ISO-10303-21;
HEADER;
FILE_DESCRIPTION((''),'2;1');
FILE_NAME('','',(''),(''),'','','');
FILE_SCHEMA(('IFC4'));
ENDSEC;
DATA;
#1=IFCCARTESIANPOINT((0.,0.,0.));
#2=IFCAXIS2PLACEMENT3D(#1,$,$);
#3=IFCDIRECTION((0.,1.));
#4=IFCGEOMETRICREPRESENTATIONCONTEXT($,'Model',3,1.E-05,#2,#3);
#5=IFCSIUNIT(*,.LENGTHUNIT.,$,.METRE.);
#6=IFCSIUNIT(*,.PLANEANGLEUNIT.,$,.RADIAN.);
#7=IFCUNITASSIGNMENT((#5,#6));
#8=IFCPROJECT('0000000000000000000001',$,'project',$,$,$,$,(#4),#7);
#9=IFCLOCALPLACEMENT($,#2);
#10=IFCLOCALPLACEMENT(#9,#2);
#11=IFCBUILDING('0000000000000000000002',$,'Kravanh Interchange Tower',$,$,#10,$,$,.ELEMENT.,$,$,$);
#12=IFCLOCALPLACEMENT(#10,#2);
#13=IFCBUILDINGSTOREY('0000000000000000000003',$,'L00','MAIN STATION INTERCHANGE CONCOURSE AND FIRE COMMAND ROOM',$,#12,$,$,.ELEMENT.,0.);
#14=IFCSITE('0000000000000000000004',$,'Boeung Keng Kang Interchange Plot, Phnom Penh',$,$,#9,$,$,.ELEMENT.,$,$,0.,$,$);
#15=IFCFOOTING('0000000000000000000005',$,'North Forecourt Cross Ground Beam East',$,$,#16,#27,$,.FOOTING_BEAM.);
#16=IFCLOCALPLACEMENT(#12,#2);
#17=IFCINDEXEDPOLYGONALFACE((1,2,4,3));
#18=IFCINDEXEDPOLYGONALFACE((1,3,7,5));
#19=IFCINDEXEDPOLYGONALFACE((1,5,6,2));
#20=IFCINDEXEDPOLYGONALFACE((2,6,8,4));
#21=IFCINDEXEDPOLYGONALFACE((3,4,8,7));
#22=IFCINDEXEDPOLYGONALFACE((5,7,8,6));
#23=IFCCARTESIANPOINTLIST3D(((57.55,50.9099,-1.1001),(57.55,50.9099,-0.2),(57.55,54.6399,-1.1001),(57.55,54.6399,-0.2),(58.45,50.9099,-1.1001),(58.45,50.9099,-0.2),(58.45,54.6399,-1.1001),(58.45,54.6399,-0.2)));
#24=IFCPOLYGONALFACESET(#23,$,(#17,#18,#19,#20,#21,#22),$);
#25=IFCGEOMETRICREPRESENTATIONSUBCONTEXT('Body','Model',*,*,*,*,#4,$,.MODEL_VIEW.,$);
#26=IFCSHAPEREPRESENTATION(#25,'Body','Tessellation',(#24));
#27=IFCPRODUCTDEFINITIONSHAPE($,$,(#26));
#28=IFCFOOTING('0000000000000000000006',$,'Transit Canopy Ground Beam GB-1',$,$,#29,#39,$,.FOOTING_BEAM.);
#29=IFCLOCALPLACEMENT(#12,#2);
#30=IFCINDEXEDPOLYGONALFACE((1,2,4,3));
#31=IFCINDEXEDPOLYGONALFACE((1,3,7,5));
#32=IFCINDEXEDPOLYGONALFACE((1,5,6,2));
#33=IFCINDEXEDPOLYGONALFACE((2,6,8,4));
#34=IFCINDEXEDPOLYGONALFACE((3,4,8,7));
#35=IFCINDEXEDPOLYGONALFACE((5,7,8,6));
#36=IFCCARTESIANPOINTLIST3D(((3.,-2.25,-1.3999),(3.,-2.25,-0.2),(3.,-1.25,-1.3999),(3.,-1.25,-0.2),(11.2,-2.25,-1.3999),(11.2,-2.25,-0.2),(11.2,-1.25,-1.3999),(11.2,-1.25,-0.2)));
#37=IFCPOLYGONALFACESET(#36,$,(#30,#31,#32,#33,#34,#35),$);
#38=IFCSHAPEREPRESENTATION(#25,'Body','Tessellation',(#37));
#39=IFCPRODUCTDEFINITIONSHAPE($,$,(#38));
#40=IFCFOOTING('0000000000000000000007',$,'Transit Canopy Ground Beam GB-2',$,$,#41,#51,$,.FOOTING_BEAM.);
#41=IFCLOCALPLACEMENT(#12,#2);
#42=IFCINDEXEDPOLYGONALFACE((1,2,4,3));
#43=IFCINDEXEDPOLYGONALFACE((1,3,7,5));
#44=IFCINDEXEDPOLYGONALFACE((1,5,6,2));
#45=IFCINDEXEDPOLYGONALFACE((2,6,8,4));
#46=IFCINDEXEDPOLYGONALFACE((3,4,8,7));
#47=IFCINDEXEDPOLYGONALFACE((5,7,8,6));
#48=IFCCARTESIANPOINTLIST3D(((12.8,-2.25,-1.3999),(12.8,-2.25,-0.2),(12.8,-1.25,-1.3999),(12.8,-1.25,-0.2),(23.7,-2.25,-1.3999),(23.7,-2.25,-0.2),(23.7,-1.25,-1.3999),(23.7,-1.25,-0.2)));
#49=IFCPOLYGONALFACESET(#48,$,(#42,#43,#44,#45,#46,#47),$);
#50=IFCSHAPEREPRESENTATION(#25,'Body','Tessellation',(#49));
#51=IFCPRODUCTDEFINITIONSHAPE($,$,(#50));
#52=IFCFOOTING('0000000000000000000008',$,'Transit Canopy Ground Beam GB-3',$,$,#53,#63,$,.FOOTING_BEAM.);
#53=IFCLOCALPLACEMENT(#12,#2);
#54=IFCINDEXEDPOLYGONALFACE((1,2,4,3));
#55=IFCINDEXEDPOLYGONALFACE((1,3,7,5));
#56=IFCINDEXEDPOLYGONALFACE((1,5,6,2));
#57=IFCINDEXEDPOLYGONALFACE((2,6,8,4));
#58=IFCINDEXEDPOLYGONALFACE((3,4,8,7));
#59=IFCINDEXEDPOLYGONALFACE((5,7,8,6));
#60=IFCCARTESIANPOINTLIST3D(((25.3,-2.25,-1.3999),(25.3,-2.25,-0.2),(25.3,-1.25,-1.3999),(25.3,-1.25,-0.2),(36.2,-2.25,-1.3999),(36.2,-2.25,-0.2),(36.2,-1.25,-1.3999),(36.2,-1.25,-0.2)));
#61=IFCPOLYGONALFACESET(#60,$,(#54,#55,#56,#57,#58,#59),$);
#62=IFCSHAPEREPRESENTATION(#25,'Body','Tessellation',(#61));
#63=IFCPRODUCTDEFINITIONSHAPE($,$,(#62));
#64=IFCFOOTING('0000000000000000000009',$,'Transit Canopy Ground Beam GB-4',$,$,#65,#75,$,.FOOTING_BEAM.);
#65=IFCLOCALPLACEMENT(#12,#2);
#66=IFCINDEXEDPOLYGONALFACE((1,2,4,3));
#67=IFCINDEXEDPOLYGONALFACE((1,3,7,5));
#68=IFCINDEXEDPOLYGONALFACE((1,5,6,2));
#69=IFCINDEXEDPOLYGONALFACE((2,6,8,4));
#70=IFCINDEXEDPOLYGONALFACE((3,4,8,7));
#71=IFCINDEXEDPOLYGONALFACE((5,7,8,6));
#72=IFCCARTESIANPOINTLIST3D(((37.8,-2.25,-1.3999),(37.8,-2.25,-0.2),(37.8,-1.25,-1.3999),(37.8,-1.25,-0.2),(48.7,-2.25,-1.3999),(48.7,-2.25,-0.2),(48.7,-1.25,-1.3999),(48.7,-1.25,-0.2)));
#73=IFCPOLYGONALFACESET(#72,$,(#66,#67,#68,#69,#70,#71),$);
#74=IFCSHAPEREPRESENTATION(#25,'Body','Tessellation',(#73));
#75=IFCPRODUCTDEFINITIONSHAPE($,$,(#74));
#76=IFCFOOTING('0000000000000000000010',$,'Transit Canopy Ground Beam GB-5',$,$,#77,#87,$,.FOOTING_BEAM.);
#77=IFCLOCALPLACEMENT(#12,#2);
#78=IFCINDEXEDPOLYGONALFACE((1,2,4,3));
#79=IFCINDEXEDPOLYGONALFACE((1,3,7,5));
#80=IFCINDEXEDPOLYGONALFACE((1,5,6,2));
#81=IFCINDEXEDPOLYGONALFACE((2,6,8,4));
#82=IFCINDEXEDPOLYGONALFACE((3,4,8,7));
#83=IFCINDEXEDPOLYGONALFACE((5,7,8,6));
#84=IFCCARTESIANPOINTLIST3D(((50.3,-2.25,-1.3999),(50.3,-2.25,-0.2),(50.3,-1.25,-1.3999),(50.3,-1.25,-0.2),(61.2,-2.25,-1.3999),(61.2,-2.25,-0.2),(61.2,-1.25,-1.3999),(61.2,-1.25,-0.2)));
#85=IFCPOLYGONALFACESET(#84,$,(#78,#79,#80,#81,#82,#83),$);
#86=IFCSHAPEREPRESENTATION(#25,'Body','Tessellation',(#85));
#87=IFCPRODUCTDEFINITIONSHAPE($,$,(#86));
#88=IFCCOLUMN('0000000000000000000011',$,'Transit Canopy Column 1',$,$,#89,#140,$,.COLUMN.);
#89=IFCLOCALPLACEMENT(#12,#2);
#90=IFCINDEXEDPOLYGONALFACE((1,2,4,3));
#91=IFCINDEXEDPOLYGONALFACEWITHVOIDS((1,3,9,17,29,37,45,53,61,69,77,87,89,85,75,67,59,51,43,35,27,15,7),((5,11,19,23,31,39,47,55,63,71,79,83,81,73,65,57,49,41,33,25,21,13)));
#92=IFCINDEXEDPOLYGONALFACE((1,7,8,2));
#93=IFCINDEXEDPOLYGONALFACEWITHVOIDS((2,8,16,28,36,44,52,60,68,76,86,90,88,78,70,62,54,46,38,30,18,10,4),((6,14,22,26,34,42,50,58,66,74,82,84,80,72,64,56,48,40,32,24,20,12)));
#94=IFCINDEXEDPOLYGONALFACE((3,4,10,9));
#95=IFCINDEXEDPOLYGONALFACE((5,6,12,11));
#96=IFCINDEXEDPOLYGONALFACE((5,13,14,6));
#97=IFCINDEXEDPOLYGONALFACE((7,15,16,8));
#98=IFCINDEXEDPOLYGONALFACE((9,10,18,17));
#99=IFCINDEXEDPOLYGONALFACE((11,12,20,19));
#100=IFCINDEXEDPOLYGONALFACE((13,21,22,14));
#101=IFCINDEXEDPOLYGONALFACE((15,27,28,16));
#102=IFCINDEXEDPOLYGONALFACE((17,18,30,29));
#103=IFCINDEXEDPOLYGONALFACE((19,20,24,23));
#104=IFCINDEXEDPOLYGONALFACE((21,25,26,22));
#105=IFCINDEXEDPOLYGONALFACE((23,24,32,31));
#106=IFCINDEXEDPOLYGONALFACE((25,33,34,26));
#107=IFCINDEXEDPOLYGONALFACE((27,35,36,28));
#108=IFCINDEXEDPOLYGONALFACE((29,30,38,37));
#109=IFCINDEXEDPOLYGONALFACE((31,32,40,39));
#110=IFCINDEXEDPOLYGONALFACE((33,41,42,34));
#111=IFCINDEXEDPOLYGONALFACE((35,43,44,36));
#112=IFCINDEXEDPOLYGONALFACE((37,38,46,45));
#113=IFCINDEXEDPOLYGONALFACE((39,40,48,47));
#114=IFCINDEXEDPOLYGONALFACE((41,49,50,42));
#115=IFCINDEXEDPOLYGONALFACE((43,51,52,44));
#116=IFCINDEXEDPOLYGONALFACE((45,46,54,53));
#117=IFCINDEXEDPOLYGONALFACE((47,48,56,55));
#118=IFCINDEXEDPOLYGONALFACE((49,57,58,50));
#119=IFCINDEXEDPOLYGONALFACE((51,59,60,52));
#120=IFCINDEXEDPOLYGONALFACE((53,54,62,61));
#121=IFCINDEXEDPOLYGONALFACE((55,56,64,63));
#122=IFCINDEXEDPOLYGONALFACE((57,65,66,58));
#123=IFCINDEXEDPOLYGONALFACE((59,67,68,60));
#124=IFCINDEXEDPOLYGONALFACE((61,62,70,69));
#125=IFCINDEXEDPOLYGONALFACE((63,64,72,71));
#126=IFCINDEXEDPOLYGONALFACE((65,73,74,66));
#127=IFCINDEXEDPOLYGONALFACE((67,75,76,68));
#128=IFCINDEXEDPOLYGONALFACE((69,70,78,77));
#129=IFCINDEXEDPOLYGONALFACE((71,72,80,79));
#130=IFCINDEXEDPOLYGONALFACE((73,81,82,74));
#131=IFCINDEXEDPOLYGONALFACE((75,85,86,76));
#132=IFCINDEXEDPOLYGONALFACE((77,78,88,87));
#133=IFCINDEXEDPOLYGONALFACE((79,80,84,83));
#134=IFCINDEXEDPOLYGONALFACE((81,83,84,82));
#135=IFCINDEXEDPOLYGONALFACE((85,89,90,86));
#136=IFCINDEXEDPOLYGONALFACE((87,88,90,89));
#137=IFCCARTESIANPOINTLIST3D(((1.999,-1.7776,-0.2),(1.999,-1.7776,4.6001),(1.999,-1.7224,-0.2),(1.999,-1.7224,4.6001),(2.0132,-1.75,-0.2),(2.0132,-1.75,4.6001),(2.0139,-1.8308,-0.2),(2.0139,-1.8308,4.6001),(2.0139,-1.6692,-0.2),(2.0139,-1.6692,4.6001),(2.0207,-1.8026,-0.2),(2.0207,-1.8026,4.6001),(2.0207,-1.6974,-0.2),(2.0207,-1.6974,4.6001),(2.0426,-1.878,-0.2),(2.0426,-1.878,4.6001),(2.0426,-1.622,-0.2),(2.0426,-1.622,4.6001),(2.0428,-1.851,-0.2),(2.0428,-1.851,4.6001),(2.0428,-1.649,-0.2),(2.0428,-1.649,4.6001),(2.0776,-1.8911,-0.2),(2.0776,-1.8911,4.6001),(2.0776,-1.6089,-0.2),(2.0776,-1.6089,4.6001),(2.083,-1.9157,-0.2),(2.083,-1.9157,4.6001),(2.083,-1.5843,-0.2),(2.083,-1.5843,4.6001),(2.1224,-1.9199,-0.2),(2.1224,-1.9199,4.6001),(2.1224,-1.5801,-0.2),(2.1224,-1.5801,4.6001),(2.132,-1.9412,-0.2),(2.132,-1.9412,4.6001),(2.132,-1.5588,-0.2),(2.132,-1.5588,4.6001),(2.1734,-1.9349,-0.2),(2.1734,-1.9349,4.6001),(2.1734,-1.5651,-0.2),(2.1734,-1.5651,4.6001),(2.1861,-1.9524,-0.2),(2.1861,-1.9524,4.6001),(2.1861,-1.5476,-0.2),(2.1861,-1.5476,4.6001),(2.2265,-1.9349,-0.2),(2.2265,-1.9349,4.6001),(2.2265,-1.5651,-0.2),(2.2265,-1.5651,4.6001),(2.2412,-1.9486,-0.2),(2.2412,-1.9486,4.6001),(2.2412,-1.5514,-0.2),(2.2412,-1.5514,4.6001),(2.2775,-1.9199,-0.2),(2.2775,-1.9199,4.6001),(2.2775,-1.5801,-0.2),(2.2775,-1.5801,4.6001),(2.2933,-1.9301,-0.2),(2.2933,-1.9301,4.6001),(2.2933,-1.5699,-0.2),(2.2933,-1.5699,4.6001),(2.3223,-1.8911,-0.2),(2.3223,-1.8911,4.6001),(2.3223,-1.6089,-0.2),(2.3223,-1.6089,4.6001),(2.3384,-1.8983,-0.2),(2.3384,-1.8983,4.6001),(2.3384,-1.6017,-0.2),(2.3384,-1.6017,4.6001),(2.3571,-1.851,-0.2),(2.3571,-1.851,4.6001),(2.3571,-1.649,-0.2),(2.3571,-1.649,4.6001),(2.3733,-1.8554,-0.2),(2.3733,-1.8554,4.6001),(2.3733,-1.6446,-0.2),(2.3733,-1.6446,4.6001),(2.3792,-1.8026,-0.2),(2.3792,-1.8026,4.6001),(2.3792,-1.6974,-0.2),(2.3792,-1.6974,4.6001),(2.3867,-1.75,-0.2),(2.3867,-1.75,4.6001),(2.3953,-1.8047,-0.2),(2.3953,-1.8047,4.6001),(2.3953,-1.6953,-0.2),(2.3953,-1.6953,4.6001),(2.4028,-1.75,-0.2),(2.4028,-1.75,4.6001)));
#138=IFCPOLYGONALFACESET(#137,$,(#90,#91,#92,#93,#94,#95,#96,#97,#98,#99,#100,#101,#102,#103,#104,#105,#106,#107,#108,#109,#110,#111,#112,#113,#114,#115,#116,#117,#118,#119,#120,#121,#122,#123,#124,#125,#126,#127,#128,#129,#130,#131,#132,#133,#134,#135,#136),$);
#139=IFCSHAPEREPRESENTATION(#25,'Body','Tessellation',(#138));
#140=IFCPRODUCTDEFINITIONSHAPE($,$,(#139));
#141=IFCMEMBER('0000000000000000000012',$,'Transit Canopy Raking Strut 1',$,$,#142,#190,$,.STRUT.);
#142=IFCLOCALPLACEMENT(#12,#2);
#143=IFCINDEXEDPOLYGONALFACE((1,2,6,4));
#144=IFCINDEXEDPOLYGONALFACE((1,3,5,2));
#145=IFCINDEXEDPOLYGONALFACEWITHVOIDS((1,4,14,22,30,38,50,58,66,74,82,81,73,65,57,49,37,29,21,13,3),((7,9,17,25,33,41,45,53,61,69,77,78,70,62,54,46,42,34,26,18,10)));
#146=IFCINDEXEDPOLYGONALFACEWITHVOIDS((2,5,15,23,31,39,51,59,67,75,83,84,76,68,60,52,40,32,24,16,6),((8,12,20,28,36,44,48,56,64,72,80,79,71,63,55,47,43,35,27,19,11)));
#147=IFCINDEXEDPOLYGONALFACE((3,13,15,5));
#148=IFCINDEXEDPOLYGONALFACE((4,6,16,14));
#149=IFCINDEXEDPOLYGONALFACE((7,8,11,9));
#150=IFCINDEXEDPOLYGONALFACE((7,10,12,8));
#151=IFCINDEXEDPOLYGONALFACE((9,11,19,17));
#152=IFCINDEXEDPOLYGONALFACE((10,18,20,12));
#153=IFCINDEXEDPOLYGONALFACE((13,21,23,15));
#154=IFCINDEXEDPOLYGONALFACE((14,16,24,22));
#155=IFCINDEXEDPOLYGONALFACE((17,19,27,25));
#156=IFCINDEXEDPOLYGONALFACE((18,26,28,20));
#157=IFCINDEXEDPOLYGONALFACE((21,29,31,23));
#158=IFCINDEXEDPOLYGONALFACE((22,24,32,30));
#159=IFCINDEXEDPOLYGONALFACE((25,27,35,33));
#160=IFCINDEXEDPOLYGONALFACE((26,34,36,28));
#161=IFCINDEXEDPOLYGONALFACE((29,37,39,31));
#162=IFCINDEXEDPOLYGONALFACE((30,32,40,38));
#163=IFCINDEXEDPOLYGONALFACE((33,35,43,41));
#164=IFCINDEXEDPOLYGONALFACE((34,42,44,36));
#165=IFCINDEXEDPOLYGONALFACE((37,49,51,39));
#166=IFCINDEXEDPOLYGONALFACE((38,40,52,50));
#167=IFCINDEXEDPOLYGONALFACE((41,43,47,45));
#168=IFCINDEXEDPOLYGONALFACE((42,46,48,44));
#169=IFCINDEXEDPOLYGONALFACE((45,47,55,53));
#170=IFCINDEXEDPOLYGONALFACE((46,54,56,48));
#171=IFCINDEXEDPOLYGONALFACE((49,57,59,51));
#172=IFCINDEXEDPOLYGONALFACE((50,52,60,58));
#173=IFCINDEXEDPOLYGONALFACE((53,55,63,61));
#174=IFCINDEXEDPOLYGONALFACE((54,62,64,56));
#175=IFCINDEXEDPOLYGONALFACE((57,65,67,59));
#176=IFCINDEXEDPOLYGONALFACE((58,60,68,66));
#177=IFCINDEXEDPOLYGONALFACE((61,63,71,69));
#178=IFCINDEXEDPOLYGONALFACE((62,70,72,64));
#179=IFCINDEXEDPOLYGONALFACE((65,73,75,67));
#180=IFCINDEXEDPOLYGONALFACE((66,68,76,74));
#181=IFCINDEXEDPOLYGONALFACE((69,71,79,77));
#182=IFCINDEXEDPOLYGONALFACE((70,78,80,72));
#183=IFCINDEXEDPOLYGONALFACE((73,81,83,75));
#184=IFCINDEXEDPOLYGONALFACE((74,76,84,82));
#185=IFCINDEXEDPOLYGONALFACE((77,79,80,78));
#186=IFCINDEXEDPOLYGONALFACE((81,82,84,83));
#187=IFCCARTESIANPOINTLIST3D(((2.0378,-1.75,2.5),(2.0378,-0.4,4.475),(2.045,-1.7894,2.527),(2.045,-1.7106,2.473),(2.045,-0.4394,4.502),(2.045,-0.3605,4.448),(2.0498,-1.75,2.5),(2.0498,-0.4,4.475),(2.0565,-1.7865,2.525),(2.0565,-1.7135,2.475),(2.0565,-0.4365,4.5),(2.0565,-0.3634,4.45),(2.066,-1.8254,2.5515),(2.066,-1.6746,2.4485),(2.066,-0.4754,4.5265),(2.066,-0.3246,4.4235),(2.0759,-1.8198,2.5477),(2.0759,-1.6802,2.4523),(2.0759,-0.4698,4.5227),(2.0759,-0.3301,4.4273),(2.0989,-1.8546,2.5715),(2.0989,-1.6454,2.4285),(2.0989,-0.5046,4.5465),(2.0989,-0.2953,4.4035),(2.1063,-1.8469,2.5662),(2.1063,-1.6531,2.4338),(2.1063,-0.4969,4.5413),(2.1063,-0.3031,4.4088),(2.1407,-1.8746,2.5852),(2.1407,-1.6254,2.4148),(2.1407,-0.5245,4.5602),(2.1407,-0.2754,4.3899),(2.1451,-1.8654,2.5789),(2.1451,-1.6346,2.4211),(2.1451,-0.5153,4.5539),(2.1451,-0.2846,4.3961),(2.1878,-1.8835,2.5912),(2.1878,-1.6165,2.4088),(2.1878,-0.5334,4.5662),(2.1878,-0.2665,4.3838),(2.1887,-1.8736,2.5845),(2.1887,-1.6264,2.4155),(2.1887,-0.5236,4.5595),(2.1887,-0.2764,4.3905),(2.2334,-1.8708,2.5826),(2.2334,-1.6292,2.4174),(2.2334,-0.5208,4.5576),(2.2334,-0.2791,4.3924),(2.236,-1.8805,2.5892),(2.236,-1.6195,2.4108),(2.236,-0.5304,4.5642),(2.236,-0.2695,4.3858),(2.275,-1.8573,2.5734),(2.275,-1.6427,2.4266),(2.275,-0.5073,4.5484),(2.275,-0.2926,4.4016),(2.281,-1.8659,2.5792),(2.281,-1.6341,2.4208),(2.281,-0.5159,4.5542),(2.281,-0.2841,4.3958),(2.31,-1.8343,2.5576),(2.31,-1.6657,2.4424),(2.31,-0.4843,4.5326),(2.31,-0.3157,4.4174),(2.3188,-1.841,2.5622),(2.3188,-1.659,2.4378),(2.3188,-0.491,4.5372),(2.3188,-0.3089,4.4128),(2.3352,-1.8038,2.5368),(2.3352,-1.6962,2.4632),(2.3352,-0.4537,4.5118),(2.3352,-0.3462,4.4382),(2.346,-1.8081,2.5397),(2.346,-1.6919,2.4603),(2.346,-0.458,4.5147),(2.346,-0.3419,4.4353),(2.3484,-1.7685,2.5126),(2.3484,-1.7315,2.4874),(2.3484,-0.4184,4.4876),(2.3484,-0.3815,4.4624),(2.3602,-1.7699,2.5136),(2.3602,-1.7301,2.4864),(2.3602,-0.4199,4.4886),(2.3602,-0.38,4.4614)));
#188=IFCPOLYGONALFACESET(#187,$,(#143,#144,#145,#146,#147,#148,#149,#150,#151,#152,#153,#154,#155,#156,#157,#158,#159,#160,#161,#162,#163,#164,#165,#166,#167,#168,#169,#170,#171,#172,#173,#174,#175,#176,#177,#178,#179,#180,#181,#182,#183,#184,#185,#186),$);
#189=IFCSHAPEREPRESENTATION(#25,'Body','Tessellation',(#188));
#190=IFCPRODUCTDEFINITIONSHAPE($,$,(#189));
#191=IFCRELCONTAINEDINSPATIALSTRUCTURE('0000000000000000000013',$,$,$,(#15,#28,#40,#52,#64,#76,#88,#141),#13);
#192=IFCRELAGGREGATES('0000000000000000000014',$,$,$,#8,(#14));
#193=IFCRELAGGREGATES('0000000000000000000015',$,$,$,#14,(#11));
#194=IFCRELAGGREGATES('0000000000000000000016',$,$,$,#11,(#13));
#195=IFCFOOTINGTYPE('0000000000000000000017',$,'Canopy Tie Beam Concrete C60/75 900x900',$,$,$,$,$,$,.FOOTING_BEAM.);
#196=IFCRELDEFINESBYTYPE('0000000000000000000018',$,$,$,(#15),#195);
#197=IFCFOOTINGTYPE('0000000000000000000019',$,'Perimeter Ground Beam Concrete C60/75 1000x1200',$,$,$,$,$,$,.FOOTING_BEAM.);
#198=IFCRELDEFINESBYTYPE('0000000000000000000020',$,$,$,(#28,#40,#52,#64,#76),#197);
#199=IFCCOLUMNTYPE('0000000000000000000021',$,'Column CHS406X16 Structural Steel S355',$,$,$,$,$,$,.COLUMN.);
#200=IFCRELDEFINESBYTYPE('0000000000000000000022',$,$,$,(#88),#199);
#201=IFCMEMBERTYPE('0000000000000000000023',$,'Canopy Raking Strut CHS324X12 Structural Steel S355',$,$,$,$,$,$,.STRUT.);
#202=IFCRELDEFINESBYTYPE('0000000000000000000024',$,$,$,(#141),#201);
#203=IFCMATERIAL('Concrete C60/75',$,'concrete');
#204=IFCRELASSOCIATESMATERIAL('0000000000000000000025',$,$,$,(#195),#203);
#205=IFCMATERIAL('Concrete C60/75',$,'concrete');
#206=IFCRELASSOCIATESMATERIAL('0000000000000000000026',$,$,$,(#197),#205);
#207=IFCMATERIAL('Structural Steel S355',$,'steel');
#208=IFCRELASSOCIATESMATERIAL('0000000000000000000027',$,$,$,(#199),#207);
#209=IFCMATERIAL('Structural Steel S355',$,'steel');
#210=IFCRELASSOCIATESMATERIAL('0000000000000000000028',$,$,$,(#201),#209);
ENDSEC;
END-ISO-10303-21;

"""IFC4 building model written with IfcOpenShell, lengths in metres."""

from ifc_helpers import new_model, si_unit, direction, frame, origin, origin_2d, place, context, subcontext, project, spatial, polyline, rectangle, hollow_circle, outline, extrude, material, material_profile, profile_set, type_object, element, save


model = new_model("IFC4")

# Units and contexts
model_context = context("Model", 3, precision=1e-05, world=origin(), true_north=direction((0.0, 1.0)))
body_context = subcontext(model_context, "Body", "Model", "MODEL_VIEW")
ifc_project = project(units=[si_unit("LENGTHUNIT", "METRE"), si_unit("PLANEANGLEUNIT", "RADIAN")], contexts=[model_context])

# Site, building, storey
site_placement = place(None, origin())
site = spatial("IfcSite", under=ifc_project, at=site_placement, Name="Boeung Keng Kang Interchange Plot, Phnom Penh", CompositionType="ELEMENT", RefElevation=0.0)
building_placement = place(site_placement, origin())
building = spatial("IfcBuilding", under=site, at=building_placement, Name="Kravanh Interchange Tower", CompositionType="ELEMENT")
storey_placement = place(building_placement, origin())
storey = spatial("IfcBuildingStorey", under=building, at=storey_placement, Name="L00", Description="MAIN STATION INTERCHANGE CONCOURSE AND FIRE COMMAND ROOM", CompositionType="ELEMENT", Elevation=0.0)

# Footings
ifc_material_1 = material(Name="Concrete C60/75", Category="concrete")
ifc_material_profile_1 = material_profile(ifc_material_1, rectangle(XDim=0.8999, YDim=0.8999, at=origin_2d()), Name="RC900X900")
ifc_profile_set_1 = profile_set([ifc_material_profile_1], Name="Concrete C60/75")
footing_type_1 = type_object("IfcFootingType", Name="Canopy Tie Beam Concrete C60/75 900x900", PredefinedType="FOOTING_BEAM", material=ifc_profile_set_1)
footing_1_placement = place(storey_placement, frame((0.0, 0.0, -1.1001)))
element("IfcFooting", 1, at=footing_1_placement, inside=storey, type_object=footing_type_1, Name="North Forecourt Cross Ground Beam East", PredefinedType="FOOTING_BEAM", context=body_context, shape_type="SweptSolid", body=[
    extrude(outline(polyline([(57.55, 50.9099), (58.45, 50.9099), (58.45, 54.6399), (57.55, 54.6399), (57.55, 50.9099)])), origin(), (0.0, 0.0, 1.0), 0.9001),
])
ifc_material_2 = material(Name="Concrete C60/75", Category="concrete")
ifc_material_profile_2 = material_profile(ifc_material_2, rectangle(XDim=1.0, YDim=1.2, at=origin_2d()), Name="RC1000X1200")
ifc_profile_set_2 = profile_set([ifc_material_profile_2], Name="Concrete C60/75")
footing_type_2 = type_object("IfcFootingType", Name="Perimeter Ground Beam Concrete C60/75 1000x1200", PredefinedType="FOOTING_BEAM", material=ifc_profile_set_2)
footing_2_placement = place(storey_placement, frame((0.0, 0.0, -1.3999)))
element("IfcFooting", 2, at=footing_2_placement, inside=storey, type_object=footing_type_2, Name="Transit Canopy Ground Beam GB-1", PredefinedType="FOOTING_BEAM", context=body_context, shape_type="SweptSolid", body=[
    extrude(outline(polyline([(3.0, -2.25), (11.2, -2.25), (11.2, -1.25), (3.0, -1.25), (3.0, -2.25)])), origin(), (0.0, 0.0, 1.0), 1.2),
])
footing_3_placement = place(storey_placement, frame((0.0, 0.0, -1.3999)))
element("IfcFooting", 3, at=footing_3_placement, inside=storey, type_object=footing_type_2, Name="Transit Canopy Ground Beam GB-2", PredefinedType="FOOTING_BEAM", context=body_context, shape_type="SweptSolid", body=[
    extrude(outline(polyline([(12.8, -2.25), (23.7, -2.25), (23.7, -1.25), (12.8, -1.25), (12.8, -2.25)])), origin(), (0.0, 0.0, 1.0), 1.2),
])
footing_4_placement = place(storey_placement, frame((0.0, 0.0, -1.3999)))
element("IfcFooting", 4, at=footing_4_placement, inside=storey, type_object=footing_type_2, Name="Transit Canopy Ground Beam GB-3", PredefinedType="FOOTING_BEAM", context=body_context, shape_type="SweptSolid", body=[
    extrude(outline(polyline([(25.3, -2.25), (36.2, -2.25), (36.2, -1.25), (25.3, -1.25), (25.3, -2.25)])), origin(), (0.0, 0.0, 1.0), 1.2),
])
footing_5_placement = place(storey_placement, frame((0.0, 0.0, -1.3999)))
element("IfcFooting", 5, at=footing_5_placement, inside=storey, type_object=footing_type_2, Name="Transit Canopy Ground Beam GB-4", PredefinedType="FOOTING_BEAM", context=body_context, shape_type="SweptSolid", body=[
    extrude(outline(polyline([(37.8, -2.25), (48.7, -2.25), (48.7, -1.25), (37.8, -1.25), (37.8, -2.25)])), origin(), (0.0, 0.0, 1.0), 1.2),
])
footing_6_placement = place(storey_placement, frame((0.0, 0.0, -1.3999)))
element("IfcFooting", 6, at=footing_6_placement, inside=storey, type_object=footing_type_2, Name="Transit Canopy Ground Beam GB-5", PredefinedType="FOOTING_BEAM", context=body_context, shape_type="SweptSolid", body=[
    extrude(outline(polyline([(50.3, -2.25), (61.2, -2.25), (61.2, -1.25), (50.3, -1.25), (50.3, -2.25)])), origin(), (0.0, 0.0, 1.0), 1.2),
])

# Column
ifc_material_3 = material(Name="Structural Steel S355", Category="steel")
ifc_material_profile_3 = material_profile(ifc_material_3, hollow_circle(Radius=0.2029, WallThickness=0.0161, at=origin_2d()), Name="CHS406X16")
ifc_profile_set_3 = profile_set([ifc_material_profile_3], Name="Structural Steel S355")
column_type = type_object("IfcColumnType", Name="Column CHS406X16 Structural Steel S355", PredefinedType="COLUMN", material=ifc_profile_set_3)
column_placement = place(storey_placement, frame((2.2, -1.75, -0.2), z_axis=(0.0, 0.0, 1.0), x_axis=(1.0, 0.0, 0.0)))
element("IfcColumn", 7, at=column_placement, inside=storey, type_object=column_type, Name="Transit Canopy Column 1", PredefinedType="COLUMN", context=body_context, shape_type="SweptSolid", body=[
    extrude(hollow_circle(Radius=0.2029, WallThickness=0.0161, at=origin_2d()), origin(), (0.0, 0.0, 1.0), 4.8),
])

# Member
ifc_material_4 = material(Name="Structural Steel S355", Category="steel")
ifc_material_profile_4 = material_profile(ifc_material_4, hollow_circle(Radius=0.1621, WallThickness=0.012, at=origin_2d()), Name="CHS324X12")
ifc_profile_set_4 = profile_set([ifc_material_profile_4], Name="Structural Steel S355")
member_type_1 = type_object("IfcMemberType", Name="Canopy Raking Strut CHS324X12 Structural Steel S355", PredefinedType="STRUT", material=ifc_profile_set_4)
member_placement = place(storey_placement, frame((2.2, -1.75, 2.5), z_axis=(0.0, 0.564318, 0.825557), x_axis=(-1.0, 0.0, 0.0)))
element("IfcMember", 8, at=member_placement, inside=storey, type_object=member_type_1, Name="Transit Canopy Raking Strut 1", PredefinedType="STRUT", context=body_context, shape_type="SweptSolid", body=[
    extrude(hollow_circle(Radius=0.1621, WallThickness=0.012, at=origin_2d()), origin(), (0.0, 0.0, 1.0), 2.3923),
])

save(model, "model.ifc")
